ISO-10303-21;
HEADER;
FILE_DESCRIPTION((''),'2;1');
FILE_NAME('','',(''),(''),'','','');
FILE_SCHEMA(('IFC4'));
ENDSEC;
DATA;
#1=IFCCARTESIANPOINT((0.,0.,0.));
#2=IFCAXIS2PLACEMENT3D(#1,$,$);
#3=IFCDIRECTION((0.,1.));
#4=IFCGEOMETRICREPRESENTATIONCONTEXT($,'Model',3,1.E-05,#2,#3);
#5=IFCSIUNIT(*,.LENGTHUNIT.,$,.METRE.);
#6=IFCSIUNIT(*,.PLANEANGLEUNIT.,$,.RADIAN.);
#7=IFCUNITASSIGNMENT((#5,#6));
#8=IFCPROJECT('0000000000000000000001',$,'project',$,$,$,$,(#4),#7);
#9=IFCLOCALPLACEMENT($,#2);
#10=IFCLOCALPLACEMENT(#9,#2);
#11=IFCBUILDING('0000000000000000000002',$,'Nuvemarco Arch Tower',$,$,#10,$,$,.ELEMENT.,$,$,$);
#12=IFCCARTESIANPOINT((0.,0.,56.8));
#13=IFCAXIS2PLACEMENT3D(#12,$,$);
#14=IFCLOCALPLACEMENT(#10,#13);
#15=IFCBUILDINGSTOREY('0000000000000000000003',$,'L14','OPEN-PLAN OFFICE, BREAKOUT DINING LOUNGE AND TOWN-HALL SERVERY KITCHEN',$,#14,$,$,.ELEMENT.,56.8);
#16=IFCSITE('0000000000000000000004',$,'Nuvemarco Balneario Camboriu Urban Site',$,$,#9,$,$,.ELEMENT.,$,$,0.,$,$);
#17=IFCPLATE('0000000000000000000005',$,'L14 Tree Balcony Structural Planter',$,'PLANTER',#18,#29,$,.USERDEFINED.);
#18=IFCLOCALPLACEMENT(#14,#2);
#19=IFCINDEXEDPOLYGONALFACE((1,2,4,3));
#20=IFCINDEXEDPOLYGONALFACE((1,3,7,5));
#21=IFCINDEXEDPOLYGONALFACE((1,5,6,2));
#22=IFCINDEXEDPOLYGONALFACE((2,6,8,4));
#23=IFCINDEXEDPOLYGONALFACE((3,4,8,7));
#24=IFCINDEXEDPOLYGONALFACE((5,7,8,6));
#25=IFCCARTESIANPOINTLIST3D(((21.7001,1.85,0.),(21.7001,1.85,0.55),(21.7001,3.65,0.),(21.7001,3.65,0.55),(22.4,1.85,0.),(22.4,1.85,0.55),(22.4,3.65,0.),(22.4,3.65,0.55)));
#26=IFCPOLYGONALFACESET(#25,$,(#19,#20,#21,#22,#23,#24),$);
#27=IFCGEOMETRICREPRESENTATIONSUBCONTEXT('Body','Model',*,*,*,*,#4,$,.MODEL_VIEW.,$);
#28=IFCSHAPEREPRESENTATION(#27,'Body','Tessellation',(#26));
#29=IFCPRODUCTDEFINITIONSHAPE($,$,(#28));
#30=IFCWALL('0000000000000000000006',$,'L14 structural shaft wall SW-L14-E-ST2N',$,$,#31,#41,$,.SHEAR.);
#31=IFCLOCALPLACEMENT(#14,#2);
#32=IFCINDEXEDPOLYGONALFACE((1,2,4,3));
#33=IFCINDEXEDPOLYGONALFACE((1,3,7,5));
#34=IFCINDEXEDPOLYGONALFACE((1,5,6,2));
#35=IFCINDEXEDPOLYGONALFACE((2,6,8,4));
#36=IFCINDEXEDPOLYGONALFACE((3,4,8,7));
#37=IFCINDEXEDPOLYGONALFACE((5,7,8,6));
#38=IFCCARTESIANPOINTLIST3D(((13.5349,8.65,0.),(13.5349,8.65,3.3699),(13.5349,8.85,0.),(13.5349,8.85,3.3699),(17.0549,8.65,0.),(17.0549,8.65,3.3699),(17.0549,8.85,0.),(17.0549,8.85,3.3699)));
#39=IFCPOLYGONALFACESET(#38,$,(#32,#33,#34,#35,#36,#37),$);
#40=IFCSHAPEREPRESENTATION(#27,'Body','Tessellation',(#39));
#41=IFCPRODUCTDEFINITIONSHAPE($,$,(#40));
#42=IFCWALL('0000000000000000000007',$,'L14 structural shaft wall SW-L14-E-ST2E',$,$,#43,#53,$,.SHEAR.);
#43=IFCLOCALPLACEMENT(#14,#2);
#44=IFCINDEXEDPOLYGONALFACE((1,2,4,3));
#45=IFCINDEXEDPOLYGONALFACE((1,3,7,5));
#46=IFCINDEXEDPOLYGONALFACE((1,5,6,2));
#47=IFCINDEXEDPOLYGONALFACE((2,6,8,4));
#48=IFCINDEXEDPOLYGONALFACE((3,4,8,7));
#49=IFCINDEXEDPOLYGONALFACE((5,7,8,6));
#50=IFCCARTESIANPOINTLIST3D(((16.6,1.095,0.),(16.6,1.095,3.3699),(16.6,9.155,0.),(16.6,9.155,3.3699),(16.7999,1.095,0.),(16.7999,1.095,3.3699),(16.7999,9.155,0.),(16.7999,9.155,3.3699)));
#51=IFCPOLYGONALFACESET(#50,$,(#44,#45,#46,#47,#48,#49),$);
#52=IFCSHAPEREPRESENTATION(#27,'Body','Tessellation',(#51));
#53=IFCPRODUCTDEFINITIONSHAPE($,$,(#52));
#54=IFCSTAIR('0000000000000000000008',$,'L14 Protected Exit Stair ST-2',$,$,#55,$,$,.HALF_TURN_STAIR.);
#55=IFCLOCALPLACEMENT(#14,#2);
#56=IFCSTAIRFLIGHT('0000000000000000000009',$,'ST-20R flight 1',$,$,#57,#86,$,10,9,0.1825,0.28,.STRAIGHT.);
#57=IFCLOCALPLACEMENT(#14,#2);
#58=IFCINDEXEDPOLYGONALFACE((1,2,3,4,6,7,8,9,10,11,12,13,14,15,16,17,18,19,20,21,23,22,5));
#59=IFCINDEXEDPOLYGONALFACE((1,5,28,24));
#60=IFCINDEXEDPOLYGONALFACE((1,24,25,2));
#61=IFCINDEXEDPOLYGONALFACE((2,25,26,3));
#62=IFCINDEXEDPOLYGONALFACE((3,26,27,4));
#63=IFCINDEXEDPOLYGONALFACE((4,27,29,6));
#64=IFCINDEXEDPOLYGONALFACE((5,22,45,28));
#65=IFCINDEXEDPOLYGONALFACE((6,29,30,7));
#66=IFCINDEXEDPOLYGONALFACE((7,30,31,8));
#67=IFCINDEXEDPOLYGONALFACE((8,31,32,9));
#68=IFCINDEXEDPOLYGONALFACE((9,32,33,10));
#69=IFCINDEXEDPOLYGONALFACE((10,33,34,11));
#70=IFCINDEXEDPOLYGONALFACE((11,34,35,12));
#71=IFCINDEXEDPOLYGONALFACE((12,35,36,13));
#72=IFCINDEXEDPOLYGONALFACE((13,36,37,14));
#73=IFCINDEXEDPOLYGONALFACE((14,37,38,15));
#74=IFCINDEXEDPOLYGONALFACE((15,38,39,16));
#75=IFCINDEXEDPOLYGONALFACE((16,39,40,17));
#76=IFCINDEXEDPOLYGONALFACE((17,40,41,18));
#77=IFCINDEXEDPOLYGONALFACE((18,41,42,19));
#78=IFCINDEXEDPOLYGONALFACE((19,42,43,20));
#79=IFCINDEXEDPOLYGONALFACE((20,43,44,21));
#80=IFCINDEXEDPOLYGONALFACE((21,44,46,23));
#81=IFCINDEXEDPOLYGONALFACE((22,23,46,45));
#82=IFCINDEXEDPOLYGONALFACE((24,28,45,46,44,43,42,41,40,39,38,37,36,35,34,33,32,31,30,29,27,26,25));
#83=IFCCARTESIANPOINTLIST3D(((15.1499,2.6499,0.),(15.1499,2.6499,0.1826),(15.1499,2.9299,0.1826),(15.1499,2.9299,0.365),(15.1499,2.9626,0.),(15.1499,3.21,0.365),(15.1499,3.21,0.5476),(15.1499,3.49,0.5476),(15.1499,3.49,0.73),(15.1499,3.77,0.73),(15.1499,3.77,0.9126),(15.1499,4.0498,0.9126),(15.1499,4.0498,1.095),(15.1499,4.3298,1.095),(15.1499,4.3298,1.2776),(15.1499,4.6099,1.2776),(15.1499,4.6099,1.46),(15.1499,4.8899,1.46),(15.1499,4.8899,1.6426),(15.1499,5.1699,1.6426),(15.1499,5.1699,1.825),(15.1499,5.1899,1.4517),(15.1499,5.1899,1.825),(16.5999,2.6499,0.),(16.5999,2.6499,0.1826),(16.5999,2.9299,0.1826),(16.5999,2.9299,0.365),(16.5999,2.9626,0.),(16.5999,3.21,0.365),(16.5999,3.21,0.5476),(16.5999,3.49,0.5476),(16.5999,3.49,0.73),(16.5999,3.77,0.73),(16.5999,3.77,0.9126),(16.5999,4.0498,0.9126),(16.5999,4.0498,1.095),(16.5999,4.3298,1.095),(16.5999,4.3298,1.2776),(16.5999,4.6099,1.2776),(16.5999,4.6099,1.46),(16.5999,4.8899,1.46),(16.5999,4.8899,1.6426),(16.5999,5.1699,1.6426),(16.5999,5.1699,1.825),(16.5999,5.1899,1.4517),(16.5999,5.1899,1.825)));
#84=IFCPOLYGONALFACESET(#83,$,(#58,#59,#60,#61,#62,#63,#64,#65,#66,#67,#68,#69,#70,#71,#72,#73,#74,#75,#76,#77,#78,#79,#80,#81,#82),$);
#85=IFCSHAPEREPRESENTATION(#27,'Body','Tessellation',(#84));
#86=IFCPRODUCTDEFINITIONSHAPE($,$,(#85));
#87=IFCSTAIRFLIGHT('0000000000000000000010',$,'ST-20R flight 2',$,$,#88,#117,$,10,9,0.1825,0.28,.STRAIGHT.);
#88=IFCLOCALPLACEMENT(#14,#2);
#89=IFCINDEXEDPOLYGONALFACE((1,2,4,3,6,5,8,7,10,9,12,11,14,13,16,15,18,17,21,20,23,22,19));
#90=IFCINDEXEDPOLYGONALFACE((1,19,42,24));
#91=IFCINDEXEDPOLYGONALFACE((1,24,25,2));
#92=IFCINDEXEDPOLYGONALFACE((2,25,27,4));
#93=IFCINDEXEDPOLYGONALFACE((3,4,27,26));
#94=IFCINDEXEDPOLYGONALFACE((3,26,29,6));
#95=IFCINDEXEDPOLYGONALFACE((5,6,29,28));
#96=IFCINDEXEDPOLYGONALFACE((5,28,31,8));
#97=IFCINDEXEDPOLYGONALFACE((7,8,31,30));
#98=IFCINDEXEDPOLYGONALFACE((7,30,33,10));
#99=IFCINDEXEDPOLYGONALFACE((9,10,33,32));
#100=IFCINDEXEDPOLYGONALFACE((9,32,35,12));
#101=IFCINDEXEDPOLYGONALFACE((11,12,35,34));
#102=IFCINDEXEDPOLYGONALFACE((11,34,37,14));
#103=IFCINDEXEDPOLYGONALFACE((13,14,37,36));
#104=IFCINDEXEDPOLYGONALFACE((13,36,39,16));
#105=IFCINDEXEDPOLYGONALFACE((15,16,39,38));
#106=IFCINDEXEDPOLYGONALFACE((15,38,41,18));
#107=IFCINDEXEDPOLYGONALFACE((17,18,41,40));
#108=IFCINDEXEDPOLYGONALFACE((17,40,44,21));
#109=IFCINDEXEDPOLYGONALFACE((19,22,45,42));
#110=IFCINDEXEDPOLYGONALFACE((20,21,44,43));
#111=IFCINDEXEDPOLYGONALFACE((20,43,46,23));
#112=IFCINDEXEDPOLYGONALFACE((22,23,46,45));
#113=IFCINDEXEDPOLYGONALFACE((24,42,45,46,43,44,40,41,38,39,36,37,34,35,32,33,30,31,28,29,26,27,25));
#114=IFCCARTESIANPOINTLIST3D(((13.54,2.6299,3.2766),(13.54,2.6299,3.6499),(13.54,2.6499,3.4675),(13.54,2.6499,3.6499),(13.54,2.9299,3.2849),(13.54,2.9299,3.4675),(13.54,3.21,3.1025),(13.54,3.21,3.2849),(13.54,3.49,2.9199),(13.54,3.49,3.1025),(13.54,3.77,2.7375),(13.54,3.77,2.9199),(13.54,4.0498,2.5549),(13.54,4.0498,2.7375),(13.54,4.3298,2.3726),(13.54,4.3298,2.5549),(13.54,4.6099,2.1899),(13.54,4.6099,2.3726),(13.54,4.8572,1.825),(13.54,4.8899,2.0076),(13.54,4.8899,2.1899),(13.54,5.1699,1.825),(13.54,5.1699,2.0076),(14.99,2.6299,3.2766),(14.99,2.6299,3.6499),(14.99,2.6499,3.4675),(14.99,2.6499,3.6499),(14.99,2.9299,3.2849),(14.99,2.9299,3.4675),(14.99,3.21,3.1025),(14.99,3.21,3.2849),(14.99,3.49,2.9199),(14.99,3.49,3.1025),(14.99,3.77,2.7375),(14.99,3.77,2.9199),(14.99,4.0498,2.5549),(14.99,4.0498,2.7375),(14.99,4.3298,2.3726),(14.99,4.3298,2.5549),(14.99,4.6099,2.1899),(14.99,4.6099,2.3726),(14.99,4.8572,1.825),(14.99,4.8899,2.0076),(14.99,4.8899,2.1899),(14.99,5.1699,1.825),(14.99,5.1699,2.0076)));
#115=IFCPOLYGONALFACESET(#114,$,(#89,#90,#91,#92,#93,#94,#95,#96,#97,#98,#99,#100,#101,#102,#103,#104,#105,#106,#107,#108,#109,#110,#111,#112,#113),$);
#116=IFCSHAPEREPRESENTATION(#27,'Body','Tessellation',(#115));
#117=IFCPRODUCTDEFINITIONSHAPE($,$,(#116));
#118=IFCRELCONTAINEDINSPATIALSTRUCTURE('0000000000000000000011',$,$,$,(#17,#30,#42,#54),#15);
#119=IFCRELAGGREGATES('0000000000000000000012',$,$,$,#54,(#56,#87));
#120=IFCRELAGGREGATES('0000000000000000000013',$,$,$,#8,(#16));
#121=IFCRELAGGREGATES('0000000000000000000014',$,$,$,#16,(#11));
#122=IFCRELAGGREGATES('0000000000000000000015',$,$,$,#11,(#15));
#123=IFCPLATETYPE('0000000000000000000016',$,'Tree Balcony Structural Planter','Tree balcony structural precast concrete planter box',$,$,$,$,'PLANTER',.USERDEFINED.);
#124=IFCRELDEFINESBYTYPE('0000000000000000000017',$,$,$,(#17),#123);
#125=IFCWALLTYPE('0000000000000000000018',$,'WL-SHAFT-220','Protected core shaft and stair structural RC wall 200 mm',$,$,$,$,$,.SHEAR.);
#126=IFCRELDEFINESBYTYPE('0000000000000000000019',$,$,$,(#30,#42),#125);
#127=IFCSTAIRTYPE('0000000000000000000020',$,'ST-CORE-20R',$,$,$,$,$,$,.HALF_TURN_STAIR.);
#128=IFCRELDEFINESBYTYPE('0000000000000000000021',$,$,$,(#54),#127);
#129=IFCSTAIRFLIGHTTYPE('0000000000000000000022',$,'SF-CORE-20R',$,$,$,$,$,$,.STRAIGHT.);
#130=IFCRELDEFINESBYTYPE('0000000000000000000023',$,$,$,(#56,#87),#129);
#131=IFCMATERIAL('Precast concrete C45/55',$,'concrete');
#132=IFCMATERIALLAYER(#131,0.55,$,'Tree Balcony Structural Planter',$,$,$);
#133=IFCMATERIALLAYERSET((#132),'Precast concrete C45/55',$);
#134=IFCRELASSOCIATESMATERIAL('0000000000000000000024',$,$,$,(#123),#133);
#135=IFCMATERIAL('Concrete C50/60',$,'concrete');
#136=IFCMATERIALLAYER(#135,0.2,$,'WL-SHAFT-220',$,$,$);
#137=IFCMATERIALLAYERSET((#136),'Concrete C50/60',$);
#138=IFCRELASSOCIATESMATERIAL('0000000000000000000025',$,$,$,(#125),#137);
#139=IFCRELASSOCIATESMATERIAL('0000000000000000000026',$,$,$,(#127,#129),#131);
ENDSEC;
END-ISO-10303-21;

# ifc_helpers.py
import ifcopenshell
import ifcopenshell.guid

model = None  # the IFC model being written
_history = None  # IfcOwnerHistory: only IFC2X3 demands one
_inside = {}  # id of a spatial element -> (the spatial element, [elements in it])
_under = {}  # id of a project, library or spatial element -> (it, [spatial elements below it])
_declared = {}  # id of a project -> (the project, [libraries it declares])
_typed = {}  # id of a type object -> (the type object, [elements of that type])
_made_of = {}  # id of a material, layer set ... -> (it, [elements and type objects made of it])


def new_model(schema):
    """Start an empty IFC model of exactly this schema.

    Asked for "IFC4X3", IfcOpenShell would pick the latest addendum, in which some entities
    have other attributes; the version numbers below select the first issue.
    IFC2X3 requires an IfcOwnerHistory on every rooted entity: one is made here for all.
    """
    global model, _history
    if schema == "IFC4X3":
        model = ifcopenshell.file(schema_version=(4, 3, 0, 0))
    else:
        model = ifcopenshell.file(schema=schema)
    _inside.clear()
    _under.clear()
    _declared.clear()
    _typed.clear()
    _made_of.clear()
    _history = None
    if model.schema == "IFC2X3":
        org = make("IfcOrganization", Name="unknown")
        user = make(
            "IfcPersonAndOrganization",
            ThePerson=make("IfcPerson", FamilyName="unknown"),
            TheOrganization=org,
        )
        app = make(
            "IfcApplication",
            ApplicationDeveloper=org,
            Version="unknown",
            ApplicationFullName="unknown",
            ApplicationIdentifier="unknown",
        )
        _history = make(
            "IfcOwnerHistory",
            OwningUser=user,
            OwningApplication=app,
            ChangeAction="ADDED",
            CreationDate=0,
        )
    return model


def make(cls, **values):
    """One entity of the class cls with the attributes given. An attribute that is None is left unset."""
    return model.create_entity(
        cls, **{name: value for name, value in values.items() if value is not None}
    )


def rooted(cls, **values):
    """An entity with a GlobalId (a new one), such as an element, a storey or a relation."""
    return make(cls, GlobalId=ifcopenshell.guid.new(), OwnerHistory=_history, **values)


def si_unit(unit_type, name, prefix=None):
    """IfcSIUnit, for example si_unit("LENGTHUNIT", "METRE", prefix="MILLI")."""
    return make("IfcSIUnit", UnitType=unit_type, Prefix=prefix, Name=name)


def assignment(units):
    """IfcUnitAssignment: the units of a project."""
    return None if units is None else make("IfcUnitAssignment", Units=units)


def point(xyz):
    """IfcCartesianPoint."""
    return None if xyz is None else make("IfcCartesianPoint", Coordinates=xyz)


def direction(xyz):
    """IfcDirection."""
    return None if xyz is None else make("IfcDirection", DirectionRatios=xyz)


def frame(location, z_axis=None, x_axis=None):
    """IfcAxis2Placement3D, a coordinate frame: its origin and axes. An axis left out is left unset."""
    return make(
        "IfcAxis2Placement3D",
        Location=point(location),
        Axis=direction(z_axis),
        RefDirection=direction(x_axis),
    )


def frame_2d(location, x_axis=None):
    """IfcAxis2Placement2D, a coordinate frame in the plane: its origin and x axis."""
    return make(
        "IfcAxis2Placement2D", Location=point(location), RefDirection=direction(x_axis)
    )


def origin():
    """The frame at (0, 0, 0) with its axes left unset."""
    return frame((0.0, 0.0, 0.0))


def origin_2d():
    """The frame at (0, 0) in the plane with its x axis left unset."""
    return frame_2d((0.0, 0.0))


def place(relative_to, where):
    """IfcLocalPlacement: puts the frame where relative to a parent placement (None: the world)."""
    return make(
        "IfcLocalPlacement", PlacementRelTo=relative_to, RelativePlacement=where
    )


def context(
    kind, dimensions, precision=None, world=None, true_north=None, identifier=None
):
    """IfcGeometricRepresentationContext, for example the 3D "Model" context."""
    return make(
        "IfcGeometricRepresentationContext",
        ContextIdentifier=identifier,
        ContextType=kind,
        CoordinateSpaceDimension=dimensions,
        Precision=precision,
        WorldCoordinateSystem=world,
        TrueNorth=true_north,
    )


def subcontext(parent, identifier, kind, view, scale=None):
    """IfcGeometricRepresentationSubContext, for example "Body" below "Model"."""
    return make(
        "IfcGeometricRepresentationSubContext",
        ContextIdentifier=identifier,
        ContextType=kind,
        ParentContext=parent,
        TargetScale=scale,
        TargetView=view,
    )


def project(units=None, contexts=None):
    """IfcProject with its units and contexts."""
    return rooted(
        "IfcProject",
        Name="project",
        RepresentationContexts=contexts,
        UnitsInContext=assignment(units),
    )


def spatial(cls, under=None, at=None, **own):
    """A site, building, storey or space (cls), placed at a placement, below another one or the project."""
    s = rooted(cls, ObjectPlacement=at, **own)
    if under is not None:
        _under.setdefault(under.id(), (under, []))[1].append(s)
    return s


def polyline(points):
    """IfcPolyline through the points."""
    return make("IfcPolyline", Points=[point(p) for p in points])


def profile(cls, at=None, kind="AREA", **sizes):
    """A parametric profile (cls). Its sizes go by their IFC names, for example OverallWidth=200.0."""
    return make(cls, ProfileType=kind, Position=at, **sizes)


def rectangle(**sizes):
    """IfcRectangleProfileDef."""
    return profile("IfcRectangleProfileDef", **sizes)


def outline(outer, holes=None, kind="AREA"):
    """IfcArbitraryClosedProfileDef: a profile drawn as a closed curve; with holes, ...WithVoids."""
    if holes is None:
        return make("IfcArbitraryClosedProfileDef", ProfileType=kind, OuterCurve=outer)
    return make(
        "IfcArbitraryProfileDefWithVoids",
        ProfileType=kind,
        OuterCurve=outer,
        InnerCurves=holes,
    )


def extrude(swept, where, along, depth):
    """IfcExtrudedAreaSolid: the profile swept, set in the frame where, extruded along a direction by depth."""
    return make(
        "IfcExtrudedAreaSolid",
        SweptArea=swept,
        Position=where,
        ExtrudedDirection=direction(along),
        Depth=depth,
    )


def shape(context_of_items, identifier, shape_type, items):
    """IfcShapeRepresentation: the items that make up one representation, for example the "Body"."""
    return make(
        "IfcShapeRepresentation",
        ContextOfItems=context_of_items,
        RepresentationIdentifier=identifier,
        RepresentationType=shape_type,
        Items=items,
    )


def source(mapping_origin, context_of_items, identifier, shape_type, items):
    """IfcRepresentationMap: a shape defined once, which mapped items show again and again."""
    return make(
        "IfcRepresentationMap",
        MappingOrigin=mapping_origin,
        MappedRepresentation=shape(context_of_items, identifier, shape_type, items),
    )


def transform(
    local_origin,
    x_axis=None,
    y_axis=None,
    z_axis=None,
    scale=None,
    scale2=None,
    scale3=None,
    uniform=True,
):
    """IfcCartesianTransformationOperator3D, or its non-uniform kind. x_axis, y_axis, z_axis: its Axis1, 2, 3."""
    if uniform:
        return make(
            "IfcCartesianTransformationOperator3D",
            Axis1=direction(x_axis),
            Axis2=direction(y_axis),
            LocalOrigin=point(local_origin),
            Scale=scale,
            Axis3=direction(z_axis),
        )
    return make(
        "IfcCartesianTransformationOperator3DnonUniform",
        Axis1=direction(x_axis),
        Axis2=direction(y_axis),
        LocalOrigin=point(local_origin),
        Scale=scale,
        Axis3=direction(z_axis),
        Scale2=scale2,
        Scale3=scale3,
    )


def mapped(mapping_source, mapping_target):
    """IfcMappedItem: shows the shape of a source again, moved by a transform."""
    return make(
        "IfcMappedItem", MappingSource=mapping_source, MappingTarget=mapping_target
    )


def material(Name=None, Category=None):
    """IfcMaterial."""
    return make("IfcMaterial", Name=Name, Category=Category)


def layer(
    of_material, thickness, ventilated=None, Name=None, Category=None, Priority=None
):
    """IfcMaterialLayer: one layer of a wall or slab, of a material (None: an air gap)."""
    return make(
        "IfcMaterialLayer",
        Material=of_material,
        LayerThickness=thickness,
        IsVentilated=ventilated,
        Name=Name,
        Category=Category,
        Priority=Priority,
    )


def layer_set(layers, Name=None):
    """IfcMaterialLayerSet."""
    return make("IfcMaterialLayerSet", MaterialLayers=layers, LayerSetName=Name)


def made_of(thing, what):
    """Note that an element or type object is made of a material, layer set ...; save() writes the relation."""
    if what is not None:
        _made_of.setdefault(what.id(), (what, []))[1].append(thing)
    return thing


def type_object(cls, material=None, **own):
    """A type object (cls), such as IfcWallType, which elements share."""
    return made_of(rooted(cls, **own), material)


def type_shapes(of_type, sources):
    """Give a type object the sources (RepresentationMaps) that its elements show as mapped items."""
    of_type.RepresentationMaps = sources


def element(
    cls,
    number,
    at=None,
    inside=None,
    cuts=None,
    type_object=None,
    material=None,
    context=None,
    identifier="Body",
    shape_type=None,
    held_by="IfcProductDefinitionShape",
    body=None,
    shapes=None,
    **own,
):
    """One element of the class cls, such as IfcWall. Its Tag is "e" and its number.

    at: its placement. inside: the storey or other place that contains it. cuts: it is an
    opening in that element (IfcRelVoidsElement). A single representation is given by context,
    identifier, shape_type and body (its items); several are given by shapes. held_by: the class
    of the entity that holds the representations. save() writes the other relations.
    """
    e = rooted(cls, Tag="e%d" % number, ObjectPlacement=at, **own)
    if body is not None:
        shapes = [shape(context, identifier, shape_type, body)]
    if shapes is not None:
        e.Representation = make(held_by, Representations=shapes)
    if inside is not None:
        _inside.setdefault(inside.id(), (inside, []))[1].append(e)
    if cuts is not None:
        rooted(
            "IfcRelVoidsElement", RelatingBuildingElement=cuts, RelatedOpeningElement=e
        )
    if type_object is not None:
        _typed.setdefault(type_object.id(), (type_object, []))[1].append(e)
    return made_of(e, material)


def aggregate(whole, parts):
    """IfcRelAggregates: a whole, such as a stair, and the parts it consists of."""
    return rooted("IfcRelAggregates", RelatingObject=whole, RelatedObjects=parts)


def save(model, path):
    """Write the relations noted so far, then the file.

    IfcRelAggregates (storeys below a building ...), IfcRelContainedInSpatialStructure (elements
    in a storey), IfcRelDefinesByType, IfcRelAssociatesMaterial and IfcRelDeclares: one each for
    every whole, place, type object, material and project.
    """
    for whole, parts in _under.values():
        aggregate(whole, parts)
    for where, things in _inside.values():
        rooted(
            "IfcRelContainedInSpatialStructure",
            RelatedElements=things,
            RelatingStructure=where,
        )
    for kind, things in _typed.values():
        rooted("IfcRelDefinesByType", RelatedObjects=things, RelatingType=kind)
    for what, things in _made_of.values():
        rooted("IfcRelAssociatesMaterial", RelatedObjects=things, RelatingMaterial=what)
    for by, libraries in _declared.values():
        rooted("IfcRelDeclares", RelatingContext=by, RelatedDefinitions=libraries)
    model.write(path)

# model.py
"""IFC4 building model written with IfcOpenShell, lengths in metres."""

from ifc_helpers import new_model, si_unit, direction, frame, frame_2d, origin, origin_2d, place, context, subcontext, project, spatial, polyline, rectangle, outline, extrude, source, transform, mapped, material, layer, layer_set, type_object, type_shapes, element, aggregate, save


model = new_model("IFC4")

# Units and contexts
model_context = context("Model", 3, precision=1e-05, world=origin(), true_north=direction((0.0, 1.0)))
body_context = subcontext(model_context, "Body", "Model", "MODEL_VIEW")
ifc_project = project(units=[si_unit("LENGTHUNIT", "METRE"), si_unit("PLANEANGLEUNIT", "RADIAN")], contexts=[model_context])

# Site, building, storey
site_placement = place(None, origin())
site = spatial("IfcSite", under=ifc_project, at=site_placement, Name="Nuvemarco Balneario Camboriu Urban Site", CompositionType="ELEMENT", RefElevation=0.0)
building_placement = place(site_placement, origin())
building = spatial("IfcBuilding", under=site, at=building_placement, Name="Nuvemarco Arch Tower", CompositionType="ELEMENT")
storey_placement = place(building_placement, frame((0.0, 0.0, 56.8)))
storey = spatial("IfcBuildingStorey", under=building, at=storey_placement, Name="L14", Description="OPEN-PLAN OFFICE, BREAKOUT DINING LOUNGE AND TOWN-HALL SERVERY KITCHEN", CompositionType="ELEMENT", Elevation=56.8)

# Plate
ifc_material_1 = material(Name="Precast concrete C45/55", Category="concrete")
ifc_layer_1 = layer(ifc_material_1, 0.55, Name="Tree Balcony Structural Planter")
ifc_layer_set_1 = layer_set([ifc_layer_1], Name="Precast concrete C45/55")
plate_type = type_object("IfcPlateType", Name="Tree Balcony Structural Planter", Description="Tree balcony structural precast concrete planter box", ElementType="PLANTER", PredefinedType="USERDEFINED", material=ifc_layer_set_1)
shared_shape_1 = source(origin(), body_context, "Body", "SweptSolid", [
    extrude(rectangle(XDim=1.8, YDim=0.7, at=origin_2d()), origin(), (0.0, 0.0, 1.0), 0.55),
])
type_shapes(plate_type, [shared_shape_1])
plate_placement = place(storey_placement, frame((22.05, 2.75, 0.0), z_axis=(0.0, 0.0, 1.0), x_axis=(0.0, 1.0, 0.0)))
element("IfcPlate", 1, at=plate_placement, inside=storey, type_object=plate_type, Name="L14 Tree Balcony Structural Planter", ObjectType="PLANTER", PredefinedType="USERDEFINED", context=body_context, shape_type="MappedRepresentation", body=[
    mapped(shared_shape_1, transform((0.0, 0.0, 0.0), scale=1.0)),
])

# Walls
ifc_material_2 = material(Name="Concrete C50/60", Category="concrete")
ifc_layer_2 = layer(ifc_material_2, 0.2, Name="WL-SHAFT-220")
ifc_layer_set_2 = layer_set([ifc_layer_2], Name="Concrete C50/60")
wall_type = type_object("IfcWallType", Name="WL-SHAFT-220", Description="Protected core shaft and stair structural RC wall 200 mm", PredefinedType="SHEAR", material=ifc_layer_set_2)
wall_1_placement = place(storey_placement, frame((13.5349, 8.75, 0.0), z_axis=(0.0, 0.0, 1.0), x_axis=(1.0, 0.0, 0.0)))
element("IfcWall", 2, at=wall_1_placement, inside=storey, type_object=wall_type, Name="L14 structural shaft wall SW-L14-E-ST2N", PredefinedType="SHEAR", context=body_context, shape_type="SweptSolid", body=[
    extrude(rectangle(XDim=3.52, YDim=0.2, at=frame_2d((1.76, 0.0))), origin(), (0.0, 0.0, 1.0), 3.3699),
])
wall_2_placement = place(storey_placement, frame((16.7, 1.095, 0.0), z_axis=(0.0, 0.0, 1.0), x_axis=(0.0, 1.0, 0.0)))
element("IfcWall", 3, at=wall_2_placement, inside=storey, type_object=wall_type, Name="L14 structural shaft wall SW-L14-E-ST2E", PredefinedType="SHEAR", context=body_context, shape_type="SweptSolid", body=[
    extrude(rectangle(XDim=8.0601, YDim=0.2, at=frame_2d((4.03, 0.0))), origin(), (0.0, 0.0, 1.0), 3.3699),
])

# Stair, stair flights
stair_type = type_object("IfcStairType", Name="ST-CORE-20R", PredefinedType="HALF_TURN_STAIR", material=ifc_material_1)
stair_placement = place(storey_placement, origin())
stair = element("IfcStair", 4, at=stair_placement, inside=storey, type_object=stair_type, Name="L14 Protected Exit Stair ST-2", PredefinedType="HALF_TURN_STAIR")
stair_flight_type = type_object("IfcStairFlightType", Name="SF-CORE-20R", PredefinedType="STRAIGHT", material=ifc_material_1)
stair_flight_1_placement = place(storey_placement, frame((15.875, 2.6499, 0.0), z_axis=(0.0, 0.0, 1.0), x_axis=(0.0, 1.0, 0.0)))
stair_flight_1 = element("IfcStairFlight", 5, at=stair_flight_1_placement, type_object=stair_flight_type, Name="ST-20R flight 1", NumberOfRisers=10, NumberOfTreads=9, PredefinedType="STRAIGHT", RiserHeight=0.1825, TreadLength=0.28, context=body_context, shape_type="SweptSolid", body=[
    extrude(outline(polyline([(0.0, 0.0), (0.0, 0.1826), (0.28, 0.1826), (0.28, 0.365), (0.5601, 0.365), (0.5601, 0.5476), (0.8401, 0.5476), (0.8401, 0.73), (1.1201, 0.73), (1.1201, 0.9126), (1.3999, 0.9126), (1.3999, 1.095), (1.6799, 1.095), (1.6799, 1.2776), (1.96, 1.2776), (1.96, 1.46), (2.24, 1.46), (2.24, 1.6426), (2.52, 1.6426), (2.52, 1.825), (2.54, 1.825), (2.54, 1.4517), (0.3127, 0.0), (0.0, 0.0)])), frame((0.0, 0.7251, 0.0), z_axis=(0.0, -1.0, 0.0), x_axis=(1.0, 0.0, 0.0)), (0.0, 0.0, 1.0), 1.45),
])
stair_flight_2_placement = place(storey_placement, frame((14.2649, 5.1699, 1.825), z_axis=(0.0, 0.0, 1.0), x_axis=(0.0, -1.0, 0.0)))
stair_flight_2 = element("IfcStairFlight", 6, at=stair_flight_2_placement, type_object=stair_flight_type, Name="ST-20R flight 2", NumberOfRisers=10, NumberOfTreads=9, PredefinedType="STRAIGHT", RiserHeight=0.1825, TreadLength=0.28, context=body_context, shape_type="SweptSolid", body=[
    extrude(outline(polyline([(0.0, 0.0), (0.0, 0.1826), (0.28, 0.1826), (0.28, 0.365), (0.5601, 0.365), (0.5601, 0.5476), (0.8401, 0.5476), (0.8401, 0.73), (1.1201, 0.73), (1.1201, 0.9126), (1.3999, 0.9126), (1.3999, 1.095), (1.6799, 1.095), (1.6799, 1.2776), (1.96, 1.2776), (1.96, 1.46), (2.24, 1.46), (2.24, 1.6426), (2.52, 1.6426), (2.52, 1.825), (2.54, 1.825), (2.54, 1.4517), (0.3127, 0.0), (0.0, 0.0)])), frame((0.0, 0.7251, 0.0), z_axis=(0.0, -1.0, 0.0), x_axis=(1.0, 0.0, 0.0)), (0.0, 0.0, 1.0), 1.45),
])
aggregate(stair, [stair_flight_1, stair_flight_2])

save(model, "model.ifc")
